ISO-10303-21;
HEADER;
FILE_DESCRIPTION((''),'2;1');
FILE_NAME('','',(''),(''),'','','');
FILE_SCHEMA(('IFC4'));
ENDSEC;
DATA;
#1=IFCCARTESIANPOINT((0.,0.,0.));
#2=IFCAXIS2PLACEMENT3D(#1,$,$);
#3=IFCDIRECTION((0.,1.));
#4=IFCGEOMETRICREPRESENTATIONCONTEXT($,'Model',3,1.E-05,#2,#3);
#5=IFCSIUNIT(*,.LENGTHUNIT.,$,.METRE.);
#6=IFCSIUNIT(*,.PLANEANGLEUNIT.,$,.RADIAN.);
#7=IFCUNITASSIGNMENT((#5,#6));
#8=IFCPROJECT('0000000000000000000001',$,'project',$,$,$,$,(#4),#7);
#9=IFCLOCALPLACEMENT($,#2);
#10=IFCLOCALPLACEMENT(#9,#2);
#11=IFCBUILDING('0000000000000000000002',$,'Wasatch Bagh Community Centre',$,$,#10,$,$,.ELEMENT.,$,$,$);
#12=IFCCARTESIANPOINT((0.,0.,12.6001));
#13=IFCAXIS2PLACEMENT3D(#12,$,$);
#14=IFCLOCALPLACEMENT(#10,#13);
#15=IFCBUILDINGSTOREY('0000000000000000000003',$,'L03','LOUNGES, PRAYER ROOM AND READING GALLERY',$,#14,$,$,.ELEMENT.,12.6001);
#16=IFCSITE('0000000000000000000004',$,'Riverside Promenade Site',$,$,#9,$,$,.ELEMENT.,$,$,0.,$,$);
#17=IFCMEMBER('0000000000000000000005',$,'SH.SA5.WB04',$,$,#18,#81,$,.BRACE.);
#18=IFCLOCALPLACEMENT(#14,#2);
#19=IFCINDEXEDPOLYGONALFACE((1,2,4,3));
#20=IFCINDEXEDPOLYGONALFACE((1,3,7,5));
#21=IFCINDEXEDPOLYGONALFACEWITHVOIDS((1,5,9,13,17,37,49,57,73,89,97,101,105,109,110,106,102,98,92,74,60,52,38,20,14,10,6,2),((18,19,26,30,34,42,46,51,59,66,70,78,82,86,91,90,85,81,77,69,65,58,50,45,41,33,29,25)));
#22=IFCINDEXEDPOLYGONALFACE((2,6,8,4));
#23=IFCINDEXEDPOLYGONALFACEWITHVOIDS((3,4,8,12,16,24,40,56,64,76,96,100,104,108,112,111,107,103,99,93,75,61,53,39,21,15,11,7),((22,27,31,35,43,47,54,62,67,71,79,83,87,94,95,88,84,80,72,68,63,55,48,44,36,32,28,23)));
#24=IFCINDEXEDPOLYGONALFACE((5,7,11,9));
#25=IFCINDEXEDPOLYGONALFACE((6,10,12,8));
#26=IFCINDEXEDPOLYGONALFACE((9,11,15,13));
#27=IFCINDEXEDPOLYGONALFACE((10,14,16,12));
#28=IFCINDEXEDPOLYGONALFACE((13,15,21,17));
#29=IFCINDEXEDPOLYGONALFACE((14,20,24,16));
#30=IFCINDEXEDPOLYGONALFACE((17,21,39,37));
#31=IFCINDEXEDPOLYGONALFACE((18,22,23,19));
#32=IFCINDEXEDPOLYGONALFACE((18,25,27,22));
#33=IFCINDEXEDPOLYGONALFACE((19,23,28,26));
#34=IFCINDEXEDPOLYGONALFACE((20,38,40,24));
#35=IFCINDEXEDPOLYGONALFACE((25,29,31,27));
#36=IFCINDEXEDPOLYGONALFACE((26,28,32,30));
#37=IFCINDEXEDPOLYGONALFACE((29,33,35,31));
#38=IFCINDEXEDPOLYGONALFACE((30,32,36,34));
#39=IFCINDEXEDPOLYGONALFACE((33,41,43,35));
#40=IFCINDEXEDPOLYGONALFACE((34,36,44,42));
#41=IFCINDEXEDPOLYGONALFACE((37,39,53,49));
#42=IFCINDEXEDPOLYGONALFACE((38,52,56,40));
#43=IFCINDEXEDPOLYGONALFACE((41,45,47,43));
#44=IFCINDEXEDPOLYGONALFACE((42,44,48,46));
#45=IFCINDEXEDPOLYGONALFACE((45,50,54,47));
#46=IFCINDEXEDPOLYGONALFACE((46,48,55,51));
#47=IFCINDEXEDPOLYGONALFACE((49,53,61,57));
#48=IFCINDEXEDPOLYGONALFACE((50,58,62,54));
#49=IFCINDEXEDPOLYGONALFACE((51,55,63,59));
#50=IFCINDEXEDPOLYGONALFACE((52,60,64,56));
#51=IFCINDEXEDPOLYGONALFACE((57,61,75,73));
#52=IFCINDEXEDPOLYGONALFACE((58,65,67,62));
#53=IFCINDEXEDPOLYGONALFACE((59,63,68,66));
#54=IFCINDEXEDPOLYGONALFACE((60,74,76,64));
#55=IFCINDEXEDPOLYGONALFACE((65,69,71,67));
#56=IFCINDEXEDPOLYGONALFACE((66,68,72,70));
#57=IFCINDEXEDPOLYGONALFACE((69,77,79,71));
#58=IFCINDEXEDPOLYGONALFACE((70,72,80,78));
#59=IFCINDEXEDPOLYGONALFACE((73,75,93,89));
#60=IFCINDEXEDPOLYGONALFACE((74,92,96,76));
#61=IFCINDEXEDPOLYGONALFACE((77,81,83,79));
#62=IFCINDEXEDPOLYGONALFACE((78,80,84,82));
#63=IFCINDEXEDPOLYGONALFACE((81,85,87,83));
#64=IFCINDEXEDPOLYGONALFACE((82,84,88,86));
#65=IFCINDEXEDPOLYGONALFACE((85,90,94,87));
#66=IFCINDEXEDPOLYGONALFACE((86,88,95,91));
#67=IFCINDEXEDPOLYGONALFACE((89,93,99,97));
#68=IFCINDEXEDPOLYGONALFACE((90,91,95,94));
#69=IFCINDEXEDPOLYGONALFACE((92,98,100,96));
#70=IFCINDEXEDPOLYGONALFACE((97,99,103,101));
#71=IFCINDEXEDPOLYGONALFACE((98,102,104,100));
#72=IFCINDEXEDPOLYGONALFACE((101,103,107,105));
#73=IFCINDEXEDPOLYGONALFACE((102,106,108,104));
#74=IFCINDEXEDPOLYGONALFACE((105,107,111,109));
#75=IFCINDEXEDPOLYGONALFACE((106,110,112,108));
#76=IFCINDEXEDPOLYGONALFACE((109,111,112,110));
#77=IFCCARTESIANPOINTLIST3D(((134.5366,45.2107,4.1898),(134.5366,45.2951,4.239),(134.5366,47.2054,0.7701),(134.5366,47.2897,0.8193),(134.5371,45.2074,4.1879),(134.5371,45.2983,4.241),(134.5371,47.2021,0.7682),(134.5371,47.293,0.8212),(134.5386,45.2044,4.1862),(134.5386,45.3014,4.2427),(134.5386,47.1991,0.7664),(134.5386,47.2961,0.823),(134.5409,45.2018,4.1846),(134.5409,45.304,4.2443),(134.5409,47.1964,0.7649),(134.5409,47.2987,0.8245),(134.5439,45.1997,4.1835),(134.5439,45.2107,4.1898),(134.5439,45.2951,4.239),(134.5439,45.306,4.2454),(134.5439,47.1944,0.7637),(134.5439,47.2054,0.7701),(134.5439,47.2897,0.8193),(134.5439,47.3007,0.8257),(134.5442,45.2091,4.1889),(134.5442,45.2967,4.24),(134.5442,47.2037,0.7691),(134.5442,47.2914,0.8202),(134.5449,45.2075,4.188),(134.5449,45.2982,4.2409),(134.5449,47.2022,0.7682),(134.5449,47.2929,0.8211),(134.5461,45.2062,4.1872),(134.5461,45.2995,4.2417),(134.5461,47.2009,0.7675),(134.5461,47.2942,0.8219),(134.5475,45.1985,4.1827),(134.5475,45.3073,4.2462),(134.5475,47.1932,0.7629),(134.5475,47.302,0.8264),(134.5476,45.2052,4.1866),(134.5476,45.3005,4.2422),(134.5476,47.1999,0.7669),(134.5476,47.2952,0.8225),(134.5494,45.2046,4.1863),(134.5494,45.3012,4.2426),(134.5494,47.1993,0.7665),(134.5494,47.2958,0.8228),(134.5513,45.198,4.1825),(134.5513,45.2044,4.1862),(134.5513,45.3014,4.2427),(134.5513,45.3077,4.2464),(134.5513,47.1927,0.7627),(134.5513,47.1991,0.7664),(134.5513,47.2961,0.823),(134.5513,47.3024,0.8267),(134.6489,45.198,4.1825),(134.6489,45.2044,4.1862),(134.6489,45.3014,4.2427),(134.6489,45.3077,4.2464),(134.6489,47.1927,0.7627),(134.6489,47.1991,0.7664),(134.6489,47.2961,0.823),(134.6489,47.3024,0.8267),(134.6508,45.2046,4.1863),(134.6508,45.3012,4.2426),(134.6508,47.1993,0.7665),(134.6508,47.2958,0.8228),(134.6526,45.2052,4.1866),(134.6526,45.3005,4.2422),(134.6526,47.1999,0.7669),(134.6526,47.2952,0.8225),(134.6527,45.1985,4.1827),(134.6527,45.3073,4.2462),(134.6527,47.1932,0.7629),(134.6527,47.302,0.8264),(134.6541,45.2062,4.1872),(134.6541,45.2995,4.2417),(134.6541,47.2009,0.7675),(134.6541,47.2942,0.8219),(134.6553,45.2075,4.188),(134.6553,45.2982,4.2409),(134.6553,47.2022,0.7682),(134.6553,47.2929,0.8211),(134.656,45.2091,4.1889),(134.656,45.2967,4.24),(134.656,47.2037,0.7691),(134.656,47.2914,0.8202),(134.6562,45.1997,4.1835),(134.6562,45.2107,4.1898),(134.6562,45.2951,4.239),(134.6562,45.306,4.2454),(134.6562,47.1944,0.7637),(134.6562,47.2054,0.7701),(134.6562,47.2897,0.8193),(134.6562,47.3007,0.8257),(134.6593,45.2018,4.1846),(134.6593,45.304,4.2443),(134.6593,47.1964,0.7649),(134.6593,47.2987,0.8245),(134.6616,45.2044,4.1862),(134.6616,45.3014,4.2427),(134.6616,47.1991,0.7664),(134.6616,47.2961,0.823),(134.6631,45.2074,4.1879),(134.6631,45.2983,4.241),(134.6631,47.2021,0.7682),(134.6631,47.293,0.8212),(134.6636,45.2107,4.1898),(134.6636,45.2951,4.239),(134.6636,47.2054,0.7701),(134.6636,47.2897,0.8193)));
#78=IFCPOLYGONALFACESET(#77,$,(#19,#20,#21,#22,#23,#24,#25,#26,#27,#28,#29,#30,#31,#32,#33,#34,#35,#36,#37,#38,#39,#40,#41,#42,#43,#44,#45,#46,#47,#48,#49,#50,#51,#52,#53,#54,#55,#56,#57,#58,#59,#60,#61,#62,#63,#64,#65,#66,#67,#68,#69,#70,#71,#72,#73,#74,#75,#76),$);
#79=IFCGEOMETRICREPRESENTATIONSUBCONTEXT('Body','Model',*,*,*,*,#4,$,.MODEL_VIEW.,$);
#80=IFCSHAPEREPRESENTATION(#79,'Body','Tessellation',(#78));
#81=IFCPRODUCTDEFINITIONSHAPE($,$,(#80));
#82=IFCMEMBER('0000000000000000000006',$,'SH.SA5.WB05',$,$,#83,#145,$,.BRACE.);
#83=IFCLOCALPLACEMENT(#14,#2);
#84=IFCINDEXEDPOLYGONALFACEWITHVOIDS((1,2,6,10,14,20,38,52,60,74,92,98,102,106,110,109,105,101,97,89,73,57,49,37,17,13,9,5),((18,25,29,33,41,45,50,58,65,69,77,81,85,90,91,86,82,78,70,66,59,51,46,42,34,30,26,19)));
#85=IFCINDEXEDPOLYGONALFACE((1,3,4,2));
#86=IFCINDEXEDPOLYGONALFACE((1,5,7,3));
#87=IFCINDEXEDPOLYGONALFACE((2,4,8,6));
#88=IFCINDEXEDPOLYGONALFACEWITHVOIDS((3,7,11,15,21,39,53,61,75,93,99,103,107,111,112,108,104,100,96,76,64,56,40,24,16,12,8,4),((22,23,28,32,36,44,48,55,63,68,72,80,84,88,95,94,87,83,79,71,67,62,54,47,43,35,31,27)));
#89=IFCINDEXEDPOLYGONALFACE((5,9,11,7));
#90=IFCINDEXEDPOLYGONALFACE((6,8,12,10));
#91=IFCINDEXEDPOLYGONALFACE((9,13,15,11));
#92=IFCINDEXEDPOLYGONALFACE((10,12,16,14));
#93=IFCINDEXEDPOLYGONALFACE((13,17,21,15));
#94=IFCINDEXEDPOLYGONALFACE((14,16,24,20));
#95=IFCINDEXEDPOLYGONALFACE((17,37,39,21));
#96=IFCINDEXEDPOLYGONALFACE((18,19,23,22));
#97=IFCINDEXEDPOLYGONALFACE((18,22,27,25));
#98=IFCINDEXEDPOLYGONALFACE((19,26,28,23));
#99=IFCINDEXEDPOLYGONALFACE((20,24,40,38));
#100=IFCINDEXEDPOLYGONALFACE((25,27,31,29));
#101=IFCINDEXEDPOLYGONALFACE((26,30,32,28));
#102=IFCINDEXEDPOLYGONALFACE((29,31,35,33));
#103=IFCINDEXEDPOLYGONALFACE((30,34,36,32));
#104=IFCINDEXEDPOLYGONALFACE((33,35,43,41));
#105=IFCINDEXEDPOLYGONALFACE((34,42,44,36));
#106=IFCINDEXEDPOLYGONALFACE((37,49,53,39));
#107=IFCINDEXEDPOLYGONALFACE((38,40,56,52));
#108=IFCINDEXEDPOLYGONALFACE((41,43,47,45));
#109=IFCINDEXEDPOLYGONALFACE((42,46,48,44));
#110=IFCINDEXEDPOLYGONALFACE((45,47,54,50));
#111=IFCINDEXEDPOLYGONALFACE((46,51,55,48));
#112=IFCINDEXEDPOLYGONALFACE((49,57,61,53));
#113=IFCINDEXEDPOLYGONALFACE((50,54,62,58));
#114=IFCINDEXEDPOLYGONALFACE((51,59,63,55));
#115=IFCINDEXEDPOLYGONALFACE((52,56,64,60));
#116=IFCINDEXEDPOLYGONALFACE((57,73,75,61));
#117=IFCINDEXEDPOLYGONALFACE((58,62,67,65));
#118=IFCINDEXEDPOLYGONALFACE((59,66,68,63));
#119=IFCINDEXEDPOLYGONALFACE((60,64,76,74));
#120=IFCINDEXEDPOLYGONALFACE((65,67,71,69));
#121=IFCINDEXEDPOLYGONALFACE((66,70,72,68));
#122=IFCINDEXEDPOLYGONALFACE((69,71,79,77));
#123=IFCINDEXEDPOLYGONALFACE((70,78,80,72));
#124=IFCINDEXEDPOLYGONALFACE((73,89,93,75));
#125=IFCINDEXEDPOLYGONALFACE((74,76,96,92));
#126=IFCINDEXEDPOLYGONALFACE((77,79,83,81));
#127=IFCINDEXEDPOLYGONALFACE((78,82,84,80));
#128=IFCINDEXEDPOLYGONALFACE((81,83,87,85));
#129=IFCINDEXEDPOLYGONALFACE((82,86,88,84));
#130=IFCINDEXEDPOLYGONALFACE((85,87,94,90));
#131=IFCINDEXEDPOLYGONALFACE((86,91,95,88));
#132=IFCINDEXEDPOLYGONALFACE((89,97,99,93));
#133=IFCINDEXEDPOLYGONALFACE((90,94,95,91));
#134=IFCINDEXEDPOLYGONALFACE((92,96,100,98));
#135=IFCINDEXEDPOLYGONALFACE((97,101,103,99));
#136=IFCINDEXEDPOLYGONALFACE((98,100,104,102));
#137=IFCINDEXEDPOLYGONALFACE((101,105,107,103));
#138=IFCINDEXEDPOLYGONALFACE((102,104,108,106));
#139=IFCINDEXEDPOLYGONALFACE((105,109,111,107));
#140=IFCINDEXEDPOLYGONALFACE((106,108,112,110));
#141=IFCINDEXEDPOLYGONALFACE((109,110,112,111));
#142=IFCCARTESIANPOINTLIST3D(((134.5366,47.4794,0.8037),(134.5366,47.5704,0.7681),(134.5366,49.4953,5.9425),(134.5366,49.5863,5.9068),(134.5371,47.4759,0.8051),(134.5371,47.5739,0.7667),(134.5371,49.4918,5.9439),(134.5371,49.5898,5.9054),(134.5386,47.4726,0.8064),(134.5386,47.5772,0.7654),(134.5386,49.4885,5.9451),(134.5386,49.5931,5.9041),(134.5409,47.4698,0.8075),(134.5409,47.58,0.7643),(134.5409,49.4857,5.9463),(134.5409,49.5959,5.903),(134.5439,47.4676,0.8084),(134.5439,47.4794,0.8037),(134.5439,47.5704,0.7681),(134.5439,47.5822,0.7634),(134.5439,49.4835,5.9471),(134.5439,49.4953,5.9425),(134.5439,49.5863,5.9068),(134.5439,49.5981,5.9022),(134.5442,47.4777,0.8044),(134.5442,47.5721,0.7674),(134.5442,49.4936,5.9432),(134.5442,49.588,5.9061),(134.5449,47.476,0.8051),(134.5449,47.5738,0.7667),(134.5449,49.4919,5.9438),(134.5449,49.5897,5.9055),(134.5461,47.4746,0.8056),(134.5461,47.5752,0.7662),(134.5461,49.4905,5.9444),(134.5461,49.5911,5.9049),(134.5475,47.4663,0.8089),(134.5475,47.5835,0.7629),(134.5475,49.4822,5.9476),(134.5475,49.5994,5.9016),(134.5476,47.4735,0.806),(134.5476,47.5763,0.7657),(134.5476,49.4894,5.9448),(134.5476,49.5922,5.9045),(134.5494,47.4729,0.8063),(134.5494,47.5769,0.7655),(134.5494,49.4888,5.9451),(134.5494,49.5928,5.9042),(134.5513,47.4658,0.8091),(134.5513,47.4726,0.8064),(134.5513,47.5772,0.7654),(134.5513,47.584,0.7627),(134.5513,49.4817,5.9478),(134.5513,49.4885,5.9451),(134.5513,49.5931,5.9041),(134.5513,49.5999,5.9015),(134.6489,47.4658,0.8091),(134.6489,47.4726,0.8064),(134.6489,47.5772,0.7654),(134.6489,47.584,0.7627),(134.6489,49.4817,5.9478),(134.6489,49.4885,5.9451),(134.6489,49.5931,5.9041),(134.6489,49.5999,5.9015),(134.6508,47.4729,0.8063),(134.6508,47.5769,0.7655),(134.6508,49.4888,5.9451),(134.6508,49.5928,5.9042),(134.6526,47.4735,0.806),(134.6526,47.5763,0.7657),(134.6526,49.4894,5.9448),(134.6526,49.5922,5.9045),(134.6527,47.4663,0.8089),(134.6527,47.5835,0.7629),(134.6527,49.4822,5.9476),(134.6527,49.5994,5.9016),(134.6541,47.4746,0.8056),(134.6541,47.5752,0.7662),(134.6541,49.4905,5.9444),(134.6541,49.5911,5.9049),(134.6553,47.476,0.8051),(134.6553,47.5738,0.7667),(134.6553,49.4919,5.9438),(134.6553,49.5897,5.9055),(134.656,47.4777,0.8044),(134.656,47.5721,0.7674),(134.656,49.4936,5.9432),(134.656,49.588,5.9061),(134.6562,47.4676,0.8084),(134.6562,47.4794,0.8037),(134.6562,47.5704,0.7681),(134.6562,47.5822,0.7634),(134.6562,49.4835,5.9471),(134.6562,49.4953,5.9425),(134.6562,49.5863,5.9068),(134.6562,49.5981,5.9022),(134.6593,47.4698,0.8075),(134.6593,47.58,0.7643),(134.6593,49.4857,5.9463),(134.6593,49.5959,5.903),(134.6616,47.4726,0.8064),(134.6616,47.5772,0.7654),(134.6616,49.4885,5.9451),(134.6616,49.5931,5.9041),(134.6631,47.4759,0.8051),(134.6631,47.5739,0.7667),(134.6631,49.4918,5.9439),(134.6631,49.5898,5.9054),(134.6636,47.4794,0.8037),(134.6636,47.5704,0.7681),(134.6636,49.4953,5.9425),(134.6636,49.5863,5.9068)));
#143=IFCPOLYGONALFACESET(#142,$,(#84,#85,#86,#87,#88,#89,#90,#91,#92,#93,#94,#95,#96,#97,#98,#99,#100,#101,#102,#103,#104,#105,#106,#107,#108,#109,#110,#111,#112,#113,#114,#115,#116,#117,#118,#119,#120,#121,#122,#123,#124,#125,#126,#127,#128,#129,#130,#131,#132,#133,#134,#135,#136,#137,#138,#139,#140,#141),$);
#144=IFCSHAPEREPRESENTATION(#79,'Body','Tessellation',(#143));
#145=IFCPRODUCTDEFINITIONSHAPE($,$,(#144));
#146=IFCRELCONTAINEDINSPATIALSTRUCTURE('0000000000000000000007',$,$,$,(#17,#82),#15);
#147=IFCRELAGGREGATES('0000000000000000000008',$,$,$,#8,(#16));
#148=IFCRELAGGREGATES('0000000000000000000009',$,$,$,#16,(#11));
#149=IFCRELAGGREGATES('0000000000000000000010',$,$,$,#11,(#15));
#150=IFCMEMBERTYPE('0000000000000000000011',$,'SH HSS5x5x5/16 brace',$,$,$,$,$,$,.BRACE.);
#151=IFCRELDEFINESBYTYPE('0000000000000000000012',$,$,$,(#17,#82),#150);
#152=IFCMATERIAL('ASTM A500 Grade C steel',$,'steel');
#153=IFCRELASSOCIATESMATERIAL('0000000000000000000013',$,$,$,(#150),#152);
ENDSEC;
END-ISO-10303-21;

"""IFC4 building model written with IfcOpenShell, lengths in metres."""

from ifc_helpers import new_model, si_unit, direction, frame, origin, origin_2d, place, context, subcontext, project, spatial, hollow_rectangle, extrude, material, material_profile, profile_set, type_object, element, save


model = new_model("IFC4")

# Units and contexts
model_context = context("Model", 3, precision=1e-05, world=origin(), true_north=direction((0.0, 1.0)))
body_context = subcontext(model_context, "Body", "Model", "MODEL_VIEW")
ifc_project = project(units=[si_unit("LENGTHUNIT", "METRE"), si_unit("PLANEANGLEUNIT", "RADIAN")], contexts=[model_context])

# Site, building, storey
site_placement = place(None, origin())
site = spatial("IfcSite", under=ifc_project, at=site_placement, Name="Riverside Promenade Site", CompositionType="ELEMENT", RefElevation=0.0)
building_placement = place(site_placement, origin())
building = spatial("IfcBuilding", under=site, at=building_placement, Name="Wasatch Bagh Community Centre", CompositionType="ELEMENT")
storey_placement = place(building_placement, frame((0.0, 0.0, 12.6001)))
storey = spatial("IfcBuildingStorey", under=building, at=storey_placement, Name="L03", Description="LOUNGES, PRAYER ROOM AND READING GALLERY", CompositionType="ELEMENT", Elevation=12.6001)

# Members
ifc_material_1 = material(Name="ASTM A500 Grade C steel", Category="steel")
ifc_material_profile_1 = material_profile(ifc_material_1, hollow_rectangle(XDim=0.127, YDim=0.127, WallThickness=0.0073, InnerFilletRadius=0.0073, OuterFilletRadius=0.0146, at=origin_2d()), Name="HSS5x5x5/16")
ifc_profile_set_1 = profile_set([ifc_material_profile_1], Name="ASTM A500 Grade C steel")
member_type_1 = type_object("IfcMemberType", Name="SH HSS5x5x5/16 brace", PredefinedType="BRACE", material=ifc_profile_set_1)
member_1_placement = place(storey_placement, frame((134.6001, 47.2476, 0.7947), z_axis=(0.0, -0.503837, 0.863799), x_axis=(1.0, 0.0, 0.0)))
element("IfcMember", 1, at=member_1_placement, inside=storey, type_object=member_type_1, Name="SH.SA5.WB04", PredefinedType="BRACE", context=body_context, shape_type="SweptSolid", body=[
    extrude(hollow_rectangle(XDim=0.127, YDim=0.127, WallThickness=0.0073, InnerFilletRadius=0.0073, OuterFilletRadius=0.0146, at=origin_2d()), origin(), (0.0, 0.0, 1.0), 3.959),
])
member_2_placement = place(storey_placement, frame((134.6001, 47.5249, 0.7859), z_axis=(0.0, 0.365198, 0.93093), x_axis=(-1.0, 0.0, 0.0)))
element("IfcMember", 2, at=member_2_placement, inside=storey, type_object=member_type_1, Name="SH.SA5.WB05", PredefinedType="BRACE", context=body_context, shape_type="SweptSolid", body=[
    extrude(hollow_rectangle(XDim=0.127, YDim=0.127, WallThickness=0.0073, InnerFilletRadius=0.0073, OuterFilletRadius=0.0146, at=origin_2d()), origin(), (0.0, 0.0, 1.0), 5.52),
])

save(model, "model.ifc")
